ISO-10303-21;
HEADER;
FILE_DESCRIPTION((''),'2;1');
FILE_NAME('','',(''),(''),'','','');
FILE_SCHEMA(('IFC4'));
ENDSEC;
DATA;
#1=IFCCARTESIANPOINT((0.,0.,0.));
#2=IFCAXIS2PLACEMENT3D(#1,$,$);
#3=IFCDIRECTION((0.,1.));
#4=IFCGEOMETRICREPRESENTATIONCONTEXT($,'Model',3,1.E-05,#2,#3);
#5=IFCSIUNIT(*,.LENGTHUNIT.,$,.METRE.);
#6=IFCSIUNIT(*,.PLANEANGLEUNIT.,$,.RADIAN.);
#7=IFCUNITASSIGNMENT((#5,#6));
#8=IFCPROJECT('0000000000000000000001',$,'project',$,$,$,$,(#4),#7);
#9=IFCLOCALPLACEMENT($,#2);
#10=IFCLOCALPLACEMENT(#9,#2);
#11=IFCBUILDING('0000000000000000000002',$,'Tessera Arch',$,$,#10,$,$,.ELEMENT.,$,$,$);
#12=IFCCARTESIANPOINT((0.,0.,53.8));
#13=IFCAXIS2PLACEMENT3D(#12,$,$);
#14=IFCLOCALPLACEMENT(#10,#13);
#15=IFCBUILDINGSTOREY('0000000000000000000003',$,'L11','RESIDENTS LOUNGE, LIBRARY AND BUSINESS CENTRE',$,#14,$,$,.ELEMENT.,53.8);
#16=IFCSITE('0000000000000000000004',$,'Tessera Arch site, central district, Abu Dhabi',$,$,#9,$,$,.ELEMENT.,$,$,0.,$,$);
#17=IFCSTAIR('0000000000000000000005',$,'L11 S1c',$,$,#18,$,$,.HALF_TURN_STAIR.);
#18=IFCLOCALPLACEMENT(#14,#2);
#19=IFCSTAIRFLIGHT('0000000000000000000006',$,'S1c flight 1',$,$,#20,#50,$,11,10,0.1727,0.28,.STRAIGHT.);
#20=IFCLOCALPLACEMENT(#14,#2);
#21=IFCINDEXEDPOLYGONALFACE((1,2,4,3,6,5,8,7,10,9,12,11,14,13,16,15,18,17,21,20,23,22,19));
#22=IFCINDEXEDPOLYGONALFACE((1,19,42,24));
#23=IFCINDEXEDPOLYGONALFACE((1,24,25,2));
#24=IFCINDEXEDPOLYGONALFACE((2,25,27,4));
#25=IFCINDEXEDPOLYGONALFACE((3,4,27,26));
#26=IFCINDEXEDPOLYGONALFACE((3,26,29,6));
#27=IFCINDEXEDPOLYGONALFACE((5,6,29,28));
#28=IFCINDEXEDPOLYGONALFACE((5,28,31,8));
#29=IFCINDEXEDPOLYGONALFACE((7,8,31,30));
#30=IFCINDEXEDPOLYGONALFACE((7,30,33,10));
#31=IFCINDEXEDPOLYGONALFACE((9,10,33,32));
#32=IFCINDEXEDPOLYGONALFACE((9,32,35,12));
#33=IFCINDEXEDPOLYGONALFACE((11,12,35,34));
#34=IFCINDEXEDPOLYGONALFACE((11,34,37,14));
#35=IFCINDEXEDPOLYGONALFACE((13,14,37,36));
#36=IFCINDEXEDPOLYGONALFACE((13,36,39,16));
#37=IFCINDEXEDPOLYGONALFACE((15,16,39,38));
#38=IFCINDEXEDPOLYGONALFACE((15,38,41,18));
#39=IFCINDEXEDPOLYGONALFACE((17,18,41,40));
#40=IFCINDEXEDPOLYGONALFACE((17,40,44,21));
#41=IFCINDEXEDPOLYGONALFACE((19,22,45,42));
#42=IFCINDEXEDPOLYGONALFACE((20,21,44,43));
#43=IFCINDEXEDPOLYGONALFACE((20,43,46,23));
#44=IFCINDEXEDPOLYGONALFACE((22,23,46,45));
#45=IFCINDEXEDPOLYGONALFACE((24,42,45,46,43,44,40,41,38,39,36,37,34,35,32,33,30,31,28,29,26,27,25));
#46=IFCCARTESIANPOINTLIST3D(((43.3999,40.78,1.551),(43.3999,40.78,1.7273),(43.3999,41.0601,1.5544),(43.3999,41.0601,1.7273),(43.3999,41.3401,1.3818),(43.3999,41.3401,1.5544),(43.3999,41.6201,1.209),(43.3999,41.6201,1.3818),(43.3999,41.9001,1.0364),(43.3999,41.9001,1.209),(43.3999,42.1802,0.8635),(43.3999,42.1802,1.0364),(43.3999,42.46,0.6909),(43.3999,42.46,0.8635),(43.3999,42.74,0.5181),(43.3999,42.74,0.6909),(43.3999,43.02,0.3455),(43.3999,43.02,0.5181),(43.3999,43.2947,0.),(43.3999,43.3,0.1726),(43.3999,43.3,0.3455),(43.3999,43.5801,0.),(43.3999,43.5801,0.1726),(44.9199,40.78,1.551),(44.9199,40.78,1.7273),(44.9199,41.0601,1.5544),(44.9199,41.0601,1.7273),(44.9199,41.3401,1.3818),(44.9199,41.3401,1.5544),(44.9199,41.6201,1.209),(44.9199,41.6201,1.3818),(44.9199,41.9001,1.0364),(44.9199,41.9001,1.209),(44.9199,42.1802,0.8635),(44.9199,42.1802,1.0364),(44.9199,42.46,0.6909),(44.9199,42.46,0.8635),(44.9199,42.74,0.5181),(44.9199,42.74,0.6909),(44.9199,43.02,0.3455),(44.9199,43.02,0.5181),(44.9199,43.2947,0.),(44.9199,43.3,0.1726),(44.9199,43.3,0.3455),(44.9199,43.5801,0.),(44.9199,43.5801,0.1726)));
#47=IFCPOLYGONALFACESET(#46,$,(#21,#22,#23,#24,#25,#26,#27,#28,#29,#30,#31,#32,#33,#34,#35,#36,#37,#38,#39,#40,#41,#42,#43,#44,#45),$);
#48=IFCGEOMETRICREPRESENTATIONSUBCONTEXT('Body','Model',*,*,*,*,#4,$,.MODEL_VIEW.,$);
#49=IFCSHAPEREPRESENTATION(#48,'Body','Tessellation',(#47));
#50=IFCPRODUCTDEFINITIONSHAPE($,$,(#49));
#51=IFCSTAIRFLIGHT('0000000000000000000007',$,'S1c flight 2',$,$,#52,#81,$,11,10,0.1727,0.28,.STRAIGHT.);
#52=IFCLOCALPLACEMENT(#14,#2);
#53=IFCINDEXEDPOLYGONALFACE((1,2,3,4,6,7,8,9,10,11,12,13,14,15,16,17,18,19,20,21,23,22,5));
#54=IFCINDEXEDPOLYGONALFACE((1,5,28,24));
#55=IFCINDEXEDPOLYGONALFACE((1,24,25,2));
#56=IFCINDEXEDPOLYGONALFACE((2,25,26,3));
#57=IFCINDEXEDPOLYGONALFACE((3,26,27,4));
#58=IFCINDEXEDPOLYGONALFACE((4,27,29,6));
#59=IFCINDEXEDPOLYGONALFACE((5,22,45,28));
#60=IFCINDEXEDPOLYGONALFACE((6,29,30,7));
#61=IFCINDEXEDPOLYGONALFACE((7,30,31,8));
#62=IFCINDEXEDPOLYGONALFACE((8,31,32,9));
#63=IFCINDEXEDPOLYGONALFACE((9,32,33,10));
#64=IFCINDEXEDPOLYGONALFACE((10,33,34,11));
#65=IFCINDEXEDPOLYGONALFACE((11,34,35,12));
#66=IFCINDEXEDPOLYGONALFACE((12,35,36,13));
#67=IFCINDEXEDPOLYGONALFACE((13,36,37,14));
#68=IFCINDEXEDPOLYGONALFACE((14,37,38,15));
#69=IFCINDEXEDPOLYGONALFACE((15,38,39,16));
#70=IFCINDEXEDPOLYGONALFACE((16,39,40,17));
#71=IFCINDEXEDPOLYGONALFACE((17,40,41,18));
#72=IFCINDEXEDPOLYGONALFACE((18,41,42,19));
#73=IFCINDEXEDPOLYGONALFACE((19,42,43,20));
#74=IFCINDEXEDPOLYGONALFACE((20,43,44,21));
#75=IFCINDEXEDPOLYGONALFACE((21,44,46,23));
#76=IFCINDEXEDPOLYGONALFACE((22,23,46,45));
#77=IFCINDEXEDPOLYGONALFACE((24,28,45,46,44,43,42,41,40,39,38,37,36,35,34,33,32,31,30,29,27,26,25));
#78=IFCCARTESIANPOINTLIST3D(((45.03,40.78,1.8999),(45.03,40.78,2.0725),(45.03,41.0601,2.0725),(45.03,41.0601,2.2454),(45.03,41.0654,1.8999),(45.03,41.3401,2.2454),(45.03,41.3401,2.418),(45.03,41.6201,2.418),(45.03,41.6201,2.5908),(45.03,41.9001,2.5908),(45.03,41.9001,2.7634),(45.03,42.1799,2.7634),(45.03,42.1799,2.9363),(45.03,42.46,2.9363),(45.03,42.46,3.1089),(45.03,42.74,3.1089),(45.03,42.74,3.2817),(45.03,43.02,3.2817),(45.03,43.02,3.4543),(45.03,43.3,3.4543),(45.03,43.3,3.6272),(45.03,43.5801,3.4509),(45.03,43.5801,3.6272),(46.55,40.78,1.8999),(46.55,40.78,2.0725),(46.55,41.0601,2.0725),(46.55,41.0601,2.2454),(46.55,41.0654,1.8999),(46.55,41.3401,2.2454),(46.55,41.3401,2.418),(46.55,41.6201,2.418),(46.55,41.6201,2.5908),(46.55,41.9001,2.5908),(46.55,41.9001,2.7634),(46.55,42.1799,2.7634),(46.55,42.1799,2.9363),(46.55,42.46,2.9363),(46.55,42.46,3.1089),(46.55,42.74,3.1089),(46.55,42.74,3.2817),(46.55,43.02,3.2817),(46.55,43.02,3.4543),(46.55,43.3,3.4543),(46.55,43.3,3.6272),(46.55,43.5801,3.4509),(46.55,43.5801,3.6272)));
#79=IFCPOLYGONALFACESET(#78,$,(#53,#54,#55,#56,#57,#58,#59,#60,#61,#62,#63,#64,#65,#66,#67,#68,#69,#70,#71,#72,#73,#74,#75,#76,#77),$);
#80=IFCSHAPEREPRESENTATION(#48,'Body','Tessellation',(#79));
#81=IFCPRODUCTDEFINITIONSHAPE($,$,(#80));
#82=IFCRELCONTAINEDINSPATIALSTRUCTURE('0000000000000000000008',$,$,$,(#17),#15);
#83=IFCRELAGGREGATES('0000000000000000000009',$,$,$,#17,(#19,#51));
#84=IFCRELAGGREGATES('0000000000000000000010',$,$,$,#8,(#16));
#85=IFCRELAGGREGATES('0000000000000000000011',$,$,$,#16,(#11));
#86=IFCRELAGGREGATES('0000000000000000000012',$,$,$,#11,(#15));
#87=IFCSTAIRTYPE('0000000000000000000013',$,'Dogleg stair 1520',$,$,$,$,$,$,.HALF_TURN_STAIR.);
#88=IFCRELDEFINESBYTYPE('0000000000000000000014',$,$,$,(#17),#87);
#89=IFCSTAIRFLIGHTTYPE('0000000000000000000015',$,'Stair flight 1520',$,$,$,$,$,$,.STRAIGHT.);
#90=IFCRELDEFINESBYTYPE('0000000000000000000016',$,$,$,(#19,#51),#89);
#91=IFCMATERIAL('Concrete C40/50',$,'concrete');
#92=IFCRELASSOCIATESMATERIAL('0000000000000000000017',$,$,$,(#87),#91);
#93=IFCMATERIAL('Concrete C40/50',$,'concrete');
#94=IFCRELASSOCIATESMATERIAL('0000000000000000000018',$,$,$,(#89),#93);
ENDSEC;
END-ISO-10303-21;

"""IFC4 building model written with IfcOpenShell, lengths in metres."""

from ifc_helpers import new_model, si_unit, direction, frame, origin, place, context, subcontext, project, spatial, polyline, outline, extrude, material, type_object, element, aggregate, save


model = new_model("IFC4")

# Units and contexts
model_context = context("Model", 3, precision=1e-05, world=origin(), true_north=direction((0.0, 1.0)))
body_context = subcontext(model_context, "Body", "Model", "MODEL_VIEW")
ifc_project = project(units=[si_unit("LENGTHUNIT", "METRE"), si_unit("PLANEANGLEUNIT", "RADIAN")], contexts=[model_context])

# Site, building, storey
site_placement = place(None, origin())
site = spatial("IfcSite", under=ifc_project, at=site_placement, Name="Tessera Arch site, central district, Abu Dhabi", CompositionType="ELEMENT", RefElevation=0.0)
building_placement = place(site_placement, origin())
building = spatial("IfcBuilding", under=site, at=building_placement, Name="Tessera Arch", CompositionType="ELEMENT")
storey_placement = place(building_placement, frame((0.0, 0.0, 53.8)))
storey = spatial("IfcBuildingStorey", under=building, at=storey_placement, Name="L11", Description="RESIDENTS LOUNGE, LIBRARY AND BUSINESS CENTRE", CompositionType="ELEMENT", Elevation=53.8)

# Stair, stair flights
ifc_material_1 = material(Name="Concrete C40/50", Category="concrete")
stair_type = type_object("IfcStairType", Name="Dogleg stair 1520", PredefinedType="HALF_TURN_STAIR", material=ifc_material_1)
ifc_material_2 = material(Name="Concrete C40/50", Category="concrete")
stair_flight_type = type_object("IfcStairFlightType", Name="Stair flight 1520", PredefinedType="STRAIGHT", material=ifc_material_2)
stair_1_placement = place(storey_placement, origin())
stair_1 = element("IfcStair", 1, at=stair_1_placement, inside=storey, type_object=stair_type, Name="L11 S1c", PredefinedType="HALF_TURN_STAIR")
stair_flight_1_placement = place(storey_placement, frame((44.1599, 43.5801, 0.0), z_axis=(0.0, 0.0, 1.0), x_axis=(0.0, -1.0, 0.0)))
stair_flight_1 = element("IfcStairFlight", 2, at=stair_flight_1_placement, type_object=stair_flight_type, Name="S1c flight 1", NumberOfRisers=11, NumberOfTreads=10, PredefinedType="STRAIGHT", RiserHeight=0.1727, TreadLength=0.28, context=body_context, shape_type="SweptSolid", body=[
    extrude(outline(polyline([(0.0, 0.0), (0.0, 0.1726), (0.28, 0.1726), (0.28, 0.3455), (0.5601, 0.3455), (0.5601, 0.5181), (0.8401, 0.5181), (0.8401, 0.6909), (1.1201, 0.6909), (1.1201, 0.8635), (1.3999, 0.8635), (1.3999, 1.0364), (1.6799, 1.0364), (1.6799, 1.209), (1.96, 1.209), (1.96, 1.3818), (2.24, 1.3818), (2.24, 1.5544), (2.52, 1.5544), (2.52, 1.7273), (2.8, 1.7273), (2.8, 1.8999), (2.8, 1.551), (0.2854, 0.0), (0.0, 0.0)])), frame((0.0, 0.76, 0.0), z_axis=(0.0, -1.0, 0.0), x_axis=(1.0, 0.0, 0.0)), (0.0, 0.0, 1.0), 1.52),
])
stair_flight_2_placement = place(storey_placement, frame((45.79, 40.78, 1.8999), z_axis=(0.0, 0.0, 1.0), x_axis=(0.0, 1.0, 0.0)))
stair_flight_2 = element("IfcStairFlight", 3, at=stair_flight_2_placement, type_object=stair_flight_type, Name="S1c flight 2", NumberOfRisers=11, NumberOfTreads=10, PredefinedType="STRAIGHT", RiserHeight=0.1727, TreadLength=0.28, context=body_context, shape_type="SweptSolid", body=[
    extrude(outline(polyline([(0.0, 0.0), (0.0, 0.1726), (0.28, 0.1726), (0.28, 0.3455), (0.5601, 0.3455), (0.5601, 0.5181), (0.8401, 0.5181), (0.8401, 0.6909), (1.1201, 0.6909), (1.1201, 0.8635), (1.3999, 0.8635), (1.3999, 1.0364), (1.6799, 1.0364), (1.6799, 1.209), (1.96, 1.209), (1.96, 1.3818), (2.24, 1.3818), (2.24, 1.5544), (2.52, 1.5544), (2.52, 1.7273), (2.8, 1.7273), (2.8, 1.8999), (2.8, 1.551), (0.2854, 0.0), (0.0, 0.0)])), frame((0.0, 0.76, 0.0), z_axis=(0.0, -1.0, 0.0), x_axis=(1.0, 0.0, 0.0)), (0.0, 0.0, 1.0), 1.52),
])
aggregate(stair_1, [stair_flight_1, stair_flight_2])

save(model, "model.ifc")
